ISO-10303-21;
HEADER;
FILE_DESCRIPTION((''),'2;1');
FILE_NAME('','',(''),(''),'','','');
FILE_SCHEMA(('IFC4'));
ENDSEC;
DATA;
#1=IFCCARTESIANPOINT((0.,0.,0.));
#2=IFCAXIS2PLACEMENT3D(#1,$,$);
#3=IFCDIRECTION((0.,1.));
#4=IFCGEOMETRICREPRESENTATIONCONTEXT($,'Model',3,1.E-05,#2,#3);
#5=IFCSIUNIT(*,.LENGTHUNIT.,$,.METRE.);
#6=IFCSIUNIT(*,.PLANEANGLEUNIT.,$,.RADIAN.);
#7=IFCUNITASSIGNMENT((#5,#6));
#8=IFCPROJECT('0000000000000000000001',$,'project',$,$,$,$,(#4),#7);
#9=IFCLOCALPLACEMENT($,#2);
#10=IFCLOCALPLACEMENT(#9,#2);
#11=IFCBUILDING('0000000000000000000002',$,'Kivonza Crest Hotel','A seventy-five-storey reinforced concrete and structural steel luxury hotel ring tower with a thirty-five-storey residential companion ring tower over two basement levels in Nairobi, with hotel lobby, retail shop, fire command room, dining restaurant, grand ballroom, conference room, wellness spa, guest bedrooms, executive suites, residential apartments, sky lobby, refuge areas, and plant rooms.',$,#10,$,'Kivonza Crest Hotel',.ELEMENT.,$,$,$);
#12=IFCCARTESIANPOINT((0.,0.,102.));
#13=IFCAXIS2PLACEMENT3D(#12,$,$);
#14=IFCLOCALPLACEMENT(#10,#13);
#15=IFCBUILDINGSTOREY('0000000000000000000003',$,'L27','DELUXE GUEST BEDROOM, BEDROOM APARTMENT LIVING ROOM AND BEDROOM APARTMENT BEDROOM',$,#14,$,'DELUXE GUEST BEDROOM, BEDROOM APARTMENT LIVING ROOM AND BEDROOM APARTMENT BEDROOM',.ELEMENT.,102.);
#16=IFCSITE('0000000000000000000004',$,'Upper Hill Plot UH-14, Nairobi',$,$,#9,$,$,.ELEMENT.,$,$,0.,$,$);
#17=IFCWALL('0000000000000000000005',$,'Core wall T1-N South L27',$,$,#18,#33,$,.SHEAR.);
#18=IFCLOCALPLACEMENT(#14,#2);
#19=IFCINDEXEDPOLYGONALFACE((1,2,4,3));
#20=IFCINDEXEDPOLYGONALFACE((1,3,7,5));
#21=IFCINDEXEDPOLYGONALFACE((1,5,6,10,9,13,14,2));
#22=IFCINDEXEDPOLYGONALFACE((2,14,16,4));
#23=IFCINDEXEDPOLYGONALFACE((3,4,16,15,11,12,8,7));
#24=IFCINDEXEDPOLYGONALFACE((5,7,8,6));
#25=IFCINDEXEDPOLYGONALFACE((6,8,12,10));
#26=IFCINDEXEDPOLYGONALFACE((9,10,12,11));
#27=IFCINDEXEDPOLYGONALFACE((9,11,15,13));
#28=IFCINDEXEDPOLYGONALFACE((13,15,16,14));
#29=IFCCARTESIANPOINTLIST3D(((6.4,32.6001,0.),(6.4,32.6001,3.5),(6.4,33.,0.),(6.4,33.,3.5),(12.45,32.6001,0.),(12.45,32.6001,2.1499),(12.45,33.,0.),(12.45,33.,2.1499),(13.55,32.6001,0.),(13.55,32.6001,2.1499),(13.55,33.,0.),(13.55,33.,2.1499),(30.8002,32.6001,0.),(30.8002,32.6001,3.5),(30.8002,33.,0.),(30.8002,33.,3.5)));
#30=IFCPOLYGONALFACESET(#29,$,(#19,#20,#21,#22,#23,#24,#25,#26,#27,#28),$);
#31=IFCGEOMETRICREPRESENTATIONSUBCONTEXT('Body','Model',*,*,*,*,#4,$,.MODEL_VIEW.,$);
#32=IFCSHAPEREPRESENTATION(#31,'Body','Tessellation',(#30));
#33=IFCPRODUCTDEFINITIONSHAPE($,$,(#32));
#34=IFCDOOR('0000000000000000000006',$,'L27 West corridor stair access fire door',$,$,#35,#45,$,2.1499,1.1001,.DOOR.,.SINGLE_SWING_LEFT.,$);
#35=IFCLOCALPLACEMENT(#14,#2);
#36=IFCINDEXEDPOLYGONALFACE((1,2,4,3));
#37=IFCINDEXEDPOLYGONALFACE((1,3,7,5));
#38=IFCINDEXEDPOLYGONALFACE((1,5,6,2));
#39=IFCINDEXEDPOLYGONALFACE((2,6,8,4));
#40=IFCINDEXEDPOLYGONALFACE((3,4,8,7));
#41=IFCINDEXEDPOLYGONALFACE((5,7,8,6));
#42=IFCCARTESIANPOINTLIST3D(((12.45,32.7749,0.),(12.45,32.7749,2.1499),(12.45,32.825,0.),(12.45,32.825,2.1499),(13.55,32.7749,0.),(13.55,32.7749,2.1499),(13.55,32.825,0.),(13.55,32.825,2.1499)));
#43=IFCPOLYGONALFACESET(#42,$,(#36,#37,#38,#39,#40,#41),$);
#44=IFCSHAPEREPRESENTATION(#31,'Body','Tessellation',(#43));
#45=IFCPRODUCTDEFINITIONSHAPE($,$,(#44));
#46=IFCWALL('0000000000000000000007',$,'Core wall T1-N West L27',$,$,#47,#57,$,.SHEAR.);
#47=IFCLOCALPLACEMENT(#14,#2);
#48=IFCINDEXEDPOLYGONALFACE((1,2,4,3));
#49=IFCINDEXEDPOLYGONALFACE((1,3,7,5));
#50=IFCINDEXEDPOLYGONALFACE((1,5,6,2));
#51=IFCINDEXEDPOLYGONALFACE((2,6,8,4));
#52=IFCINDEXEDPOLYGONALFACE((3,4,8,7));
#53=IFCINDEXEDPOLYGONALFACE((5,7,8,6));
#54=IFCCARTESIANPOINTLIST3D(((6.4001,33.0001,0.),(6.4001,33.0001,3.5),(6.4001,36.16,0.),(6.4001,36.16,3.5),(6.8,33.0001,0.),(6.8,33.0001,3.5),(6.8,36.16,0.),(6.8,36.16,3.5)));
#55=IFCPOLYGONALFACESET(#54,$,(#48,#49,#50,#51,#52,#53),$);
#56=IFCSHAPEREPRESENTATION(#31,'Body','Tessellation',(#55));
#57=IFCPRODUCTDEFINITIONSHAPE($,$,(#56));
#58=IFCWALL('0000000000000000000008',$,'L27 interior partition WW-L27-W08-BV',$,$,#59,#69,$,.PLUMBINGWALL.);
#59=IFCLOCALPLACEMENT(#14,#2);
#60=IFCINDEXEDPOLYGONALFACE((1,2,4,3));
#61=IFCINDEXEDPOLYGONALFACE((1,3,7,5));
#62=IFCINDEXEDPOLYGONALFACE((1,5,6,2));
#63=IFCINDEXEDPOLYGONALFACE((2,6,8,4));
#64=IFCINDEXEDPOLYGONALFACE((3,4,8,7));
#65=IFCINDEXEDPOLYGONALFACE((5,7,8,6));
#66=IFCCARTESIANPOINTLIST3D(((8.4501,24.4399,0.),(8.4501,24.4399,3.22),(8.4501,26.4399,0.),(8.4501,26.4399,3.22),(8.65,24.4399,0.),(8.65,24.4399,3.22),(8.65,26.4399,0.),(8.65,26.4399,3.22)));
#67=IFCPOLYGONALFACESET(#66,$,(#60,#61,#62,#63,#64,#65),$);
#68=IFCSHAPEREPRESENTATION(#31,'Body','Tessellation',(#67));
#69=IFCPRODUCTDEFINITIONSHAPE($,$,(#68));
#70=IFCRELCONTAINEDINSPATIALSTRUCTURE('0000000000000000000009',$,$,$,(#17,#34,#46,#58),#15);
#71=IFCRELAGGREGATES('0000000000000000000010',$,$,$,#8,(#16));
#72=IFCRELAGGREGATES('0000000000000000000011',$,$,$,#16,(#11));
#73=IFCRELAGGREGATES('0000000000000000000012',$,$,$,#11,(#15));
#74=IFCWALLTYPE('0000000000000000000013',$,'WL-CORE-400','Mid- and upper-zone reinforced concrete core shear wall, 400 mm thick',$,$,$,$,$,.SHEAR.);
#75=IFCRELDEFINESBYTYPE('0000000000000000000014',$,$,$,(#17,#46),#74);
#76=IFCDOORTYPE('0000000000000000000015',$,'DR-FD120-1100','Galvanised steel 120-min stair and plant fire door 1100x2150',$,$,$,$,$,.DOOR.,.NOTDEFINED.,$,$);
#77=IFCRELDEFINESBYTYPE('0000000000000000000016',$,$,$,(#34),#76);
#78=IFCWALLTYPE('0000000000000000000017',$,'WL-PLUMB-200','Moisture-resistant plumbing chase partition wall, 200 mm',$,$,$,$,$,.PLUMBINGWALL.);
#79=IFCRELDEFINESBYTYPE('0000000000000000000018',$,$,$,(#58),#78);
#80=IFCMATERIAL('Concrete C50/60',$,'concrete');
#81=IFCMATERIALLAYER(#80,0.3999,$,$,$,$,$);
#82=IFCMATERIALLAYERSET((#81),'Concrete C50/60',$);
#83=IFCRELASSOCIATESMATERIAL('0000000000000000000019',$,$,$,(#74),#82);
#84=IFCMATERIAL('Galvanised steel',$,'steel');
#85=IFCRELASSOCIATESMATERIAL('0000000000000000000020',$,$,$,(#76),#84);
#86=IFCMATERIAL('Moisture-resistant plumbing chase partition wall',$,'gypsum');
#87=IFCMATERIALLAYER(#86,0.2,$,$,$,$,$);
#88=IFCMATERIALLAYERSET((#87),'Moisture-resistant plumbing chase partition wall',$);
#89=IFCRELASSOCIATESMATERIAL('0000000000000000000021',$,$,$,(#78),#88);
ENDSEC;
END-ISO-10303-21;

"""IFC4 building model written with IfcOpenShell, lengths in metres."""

from ifc_helpers import new_model, si_unit, direction, frame, frame_2d, origin, place, context, subcontext, project, spatial, rectangle, extrude, material, layer, layer_set, type_object, element, fill, save


model = new_model("IFC4")

# Units and contexts
model_context = context("Model", 3, precision=1e-05, world=origin(), true_north=direction((0.0, 1.0)))
body_context = subcontext(model_context, "Body", "Model", "MODEL_VIEW")
ifc_project = project(units=[si_unit("LENGTHUNIT", "METRE"), si_unit("PLANEANGLEUNIT", "RADIAN")], contexts=[model_context])

# Site, building, storey
site_placement = place(None, origin())
site = spatial("IfcSite", under=ifc_project, at=site_placement, Name="Upper Hill Plot UH-14, Nairobi", CompositionType="ELEMENT", RefElevation=0.0)
building_placement = place(site_placement, origin())
building = spatial("IfcBuilding", under=site, at=building_placement, Name="Kivonza Crest Hotel", Description="A seventy-five-storey reinforced concrete and structural steel luxury hotel ring tower with a thirty-five-storey residential companion ring tower over two basement levels in Nairobi, with hotel lobby, retail shop, fire command room, dining restaurant, grand ballroom, conference room, wellness spa, guest bedrooms, executive suites, residential apartments, sky lobby, refuge areas, and plant rooms.", LongName="Kivonza Crest Hotel", CompositionType="ELEMENT")
storey_placement = place(building_placement, frame((0.0, 0.0, 102.0)))
storey = spatial("IfcBuildingStorey", under=building, at=storey_placement, Name="L27", Description="DELUXE GUEST BEDROOM, BEDROOM APARTMENT LIVING ROOM AND BEDROOM APARTMENT BEDROOM", LongName="DELUXE GUEST BEDROOM, BEDROOM APARTMENT LIVING ROOM AND BEDROOM APARTMENT BEDROOM", CompositionType="ELEMENT", Elevation=102.0)

# Shared definitions
ifc_material_1 = material(Name="Concrete C50/60", Category="concrete")

# Wall, opening, door
ifc_layer_1 = layer(ifc_material_1, 0.3999)
ifc_layer_set_1 = layer_set([ifc_layer_1], Name="Concrete C50/60")
wall_type_1 = type_object("IfcWallType", Name="WL-CORE-400", Description="Mid- and upper-zone reinforced concrete core shear wall, 400 mm thick", PredefinedType="SHEAR", material=ifc_layer_set_1)
wall_1_placement = place(storey_placement, frame((6.3999, 32.8, 0.0), z_axis=(0.0, 0.0, 1.0), x_axis=(1.0, 0.0, 0.0)))
wall_1 = element("IfcWall", 1, at=wall_1_placement, inside=storey, type_object=wall_type_1, Name="Core wall T1-N South L27", PredefinedType="SHEAR", context=body_context, shape_type="SweptSolid", body=[
    extrude(rectangle(XDim=24.4001, YDim=0.3999, at=frame_2d((12.2002, 0.0))), origin(), (0.0, 0.0, 1.0), 3.5),
])
opening_placement = place(wall_1_placement, frame((6.05, 0.0, 0.0)))
opening = element("IfcOpeningElement", 2, at=opening_placement, cuts=wall_1, PredefinedType="OPENING", context=body_context, shape_type="SweptSolid", body=[
    extrude(rectangle(XDim=1.1001, YDim=2.1499, at=frame_2d((0.55, 1.075))), frame((0.0, 0.21, 0.0), z_axis=(0.0, -1.0, 0.0), x_axis=(1.0, 0.0, 0.0)), (0.0, 0.0, 1.0), 0.4199),
])
ifc_material_2 = material(Name="Galvanised steel", Category="steel")
door_type = type_object("IfcDoorType", Name="DR-FD120-1100", Description="Galvanised steel 120-min stair and plant fire door 1100x2150", OperationType="NOTDEFINED", PredefinedType="DOOR", material=ifc_material_2)
door_placement = place(opening_placement, origin())
door = element("IfcDoor", 3, at=door_placement, inside=storey, type_object=door_type, Name="L27 West corridor stair access fire door", OperationType="SINGLE_SWING_LEFT", OverallHeight=2.1499, OverallWidth=1.1001, PredefinedType="DOOR", context=body_context, shape_type="SweptSolid", body=[
    extrude(rectangle(XDim=1.1001, YDim=2.1499, at=frame_2d((0.55, 1.075))), frame((0.0, 0.0249, 0.0), z_axis=(0.0, -1.0, 0.0), x_axis=(1.0, 0.0, 0.0)), (0.0, 0.0, 1.0), 0.05),
])
fill(opening, door)

# Walls
wall_2_placement = place(storey_placement, frame((6.6001, 33.0, 0.0), z_axis=(0.0, 0.0, 1.0), x_axis=(0.0, 1.0, 0.0)))
element("IfcWall", 4, at=wall_2_placement, inside=storey, type_object=wall_type_1, Name="Core wall T1-N West L27", PredefinedType="SHEAR", context=body_context, shape_type="SweptSolid", body=[
    extrude(rectangle(XDim=3.1599, YDim=0.3999, at=frame_2d((1.5801, 0.0))), origin(), (0.0, 0.0, 1.0), 3.5),
])
ifc_material_3 = material(Name="Moisture-resistant plumbing chase partition wall", Category="gypsum")
ifc_layer_2 = layer(ifc_material_3, 0.2)
ifc_layer_set_2 = layer_set([ifc_layer_2], Name="Moisture-resistant plumbing chase partition wall")
wall_type_2 = type_object("IfcWallType", Name="WL-PLUMB-200", Description="Moisture-resistant plumbing chase partition wall, 200 mm", PredefinedType="PLUMBINGWALL", material=ifc_layer_set_2)
wall_3_placement = place(storey_placement, frame((8.55, 24.4399, 0.0), z_axis=(0.0, 0.0, 1.0), x_axis=(0.0, 1.0, 0.0)))
element("IfcWall", 5, at=wall_3_placement, inside=storey, type_object=wall_type_2, Name="L27 interior partition WW-L27-W08-BV", PredefinedType="PLUMBINGWALL", context=body_context, shape_type="SweptSolid", body=[
    extrude(rectangle(XDim=2.0, YDim=0.2, at=frame_2d((1.0, 0.0))), origin(), (0.0, 0.0, 1.0), 3.22),
])

save(model, "model.ifc")
